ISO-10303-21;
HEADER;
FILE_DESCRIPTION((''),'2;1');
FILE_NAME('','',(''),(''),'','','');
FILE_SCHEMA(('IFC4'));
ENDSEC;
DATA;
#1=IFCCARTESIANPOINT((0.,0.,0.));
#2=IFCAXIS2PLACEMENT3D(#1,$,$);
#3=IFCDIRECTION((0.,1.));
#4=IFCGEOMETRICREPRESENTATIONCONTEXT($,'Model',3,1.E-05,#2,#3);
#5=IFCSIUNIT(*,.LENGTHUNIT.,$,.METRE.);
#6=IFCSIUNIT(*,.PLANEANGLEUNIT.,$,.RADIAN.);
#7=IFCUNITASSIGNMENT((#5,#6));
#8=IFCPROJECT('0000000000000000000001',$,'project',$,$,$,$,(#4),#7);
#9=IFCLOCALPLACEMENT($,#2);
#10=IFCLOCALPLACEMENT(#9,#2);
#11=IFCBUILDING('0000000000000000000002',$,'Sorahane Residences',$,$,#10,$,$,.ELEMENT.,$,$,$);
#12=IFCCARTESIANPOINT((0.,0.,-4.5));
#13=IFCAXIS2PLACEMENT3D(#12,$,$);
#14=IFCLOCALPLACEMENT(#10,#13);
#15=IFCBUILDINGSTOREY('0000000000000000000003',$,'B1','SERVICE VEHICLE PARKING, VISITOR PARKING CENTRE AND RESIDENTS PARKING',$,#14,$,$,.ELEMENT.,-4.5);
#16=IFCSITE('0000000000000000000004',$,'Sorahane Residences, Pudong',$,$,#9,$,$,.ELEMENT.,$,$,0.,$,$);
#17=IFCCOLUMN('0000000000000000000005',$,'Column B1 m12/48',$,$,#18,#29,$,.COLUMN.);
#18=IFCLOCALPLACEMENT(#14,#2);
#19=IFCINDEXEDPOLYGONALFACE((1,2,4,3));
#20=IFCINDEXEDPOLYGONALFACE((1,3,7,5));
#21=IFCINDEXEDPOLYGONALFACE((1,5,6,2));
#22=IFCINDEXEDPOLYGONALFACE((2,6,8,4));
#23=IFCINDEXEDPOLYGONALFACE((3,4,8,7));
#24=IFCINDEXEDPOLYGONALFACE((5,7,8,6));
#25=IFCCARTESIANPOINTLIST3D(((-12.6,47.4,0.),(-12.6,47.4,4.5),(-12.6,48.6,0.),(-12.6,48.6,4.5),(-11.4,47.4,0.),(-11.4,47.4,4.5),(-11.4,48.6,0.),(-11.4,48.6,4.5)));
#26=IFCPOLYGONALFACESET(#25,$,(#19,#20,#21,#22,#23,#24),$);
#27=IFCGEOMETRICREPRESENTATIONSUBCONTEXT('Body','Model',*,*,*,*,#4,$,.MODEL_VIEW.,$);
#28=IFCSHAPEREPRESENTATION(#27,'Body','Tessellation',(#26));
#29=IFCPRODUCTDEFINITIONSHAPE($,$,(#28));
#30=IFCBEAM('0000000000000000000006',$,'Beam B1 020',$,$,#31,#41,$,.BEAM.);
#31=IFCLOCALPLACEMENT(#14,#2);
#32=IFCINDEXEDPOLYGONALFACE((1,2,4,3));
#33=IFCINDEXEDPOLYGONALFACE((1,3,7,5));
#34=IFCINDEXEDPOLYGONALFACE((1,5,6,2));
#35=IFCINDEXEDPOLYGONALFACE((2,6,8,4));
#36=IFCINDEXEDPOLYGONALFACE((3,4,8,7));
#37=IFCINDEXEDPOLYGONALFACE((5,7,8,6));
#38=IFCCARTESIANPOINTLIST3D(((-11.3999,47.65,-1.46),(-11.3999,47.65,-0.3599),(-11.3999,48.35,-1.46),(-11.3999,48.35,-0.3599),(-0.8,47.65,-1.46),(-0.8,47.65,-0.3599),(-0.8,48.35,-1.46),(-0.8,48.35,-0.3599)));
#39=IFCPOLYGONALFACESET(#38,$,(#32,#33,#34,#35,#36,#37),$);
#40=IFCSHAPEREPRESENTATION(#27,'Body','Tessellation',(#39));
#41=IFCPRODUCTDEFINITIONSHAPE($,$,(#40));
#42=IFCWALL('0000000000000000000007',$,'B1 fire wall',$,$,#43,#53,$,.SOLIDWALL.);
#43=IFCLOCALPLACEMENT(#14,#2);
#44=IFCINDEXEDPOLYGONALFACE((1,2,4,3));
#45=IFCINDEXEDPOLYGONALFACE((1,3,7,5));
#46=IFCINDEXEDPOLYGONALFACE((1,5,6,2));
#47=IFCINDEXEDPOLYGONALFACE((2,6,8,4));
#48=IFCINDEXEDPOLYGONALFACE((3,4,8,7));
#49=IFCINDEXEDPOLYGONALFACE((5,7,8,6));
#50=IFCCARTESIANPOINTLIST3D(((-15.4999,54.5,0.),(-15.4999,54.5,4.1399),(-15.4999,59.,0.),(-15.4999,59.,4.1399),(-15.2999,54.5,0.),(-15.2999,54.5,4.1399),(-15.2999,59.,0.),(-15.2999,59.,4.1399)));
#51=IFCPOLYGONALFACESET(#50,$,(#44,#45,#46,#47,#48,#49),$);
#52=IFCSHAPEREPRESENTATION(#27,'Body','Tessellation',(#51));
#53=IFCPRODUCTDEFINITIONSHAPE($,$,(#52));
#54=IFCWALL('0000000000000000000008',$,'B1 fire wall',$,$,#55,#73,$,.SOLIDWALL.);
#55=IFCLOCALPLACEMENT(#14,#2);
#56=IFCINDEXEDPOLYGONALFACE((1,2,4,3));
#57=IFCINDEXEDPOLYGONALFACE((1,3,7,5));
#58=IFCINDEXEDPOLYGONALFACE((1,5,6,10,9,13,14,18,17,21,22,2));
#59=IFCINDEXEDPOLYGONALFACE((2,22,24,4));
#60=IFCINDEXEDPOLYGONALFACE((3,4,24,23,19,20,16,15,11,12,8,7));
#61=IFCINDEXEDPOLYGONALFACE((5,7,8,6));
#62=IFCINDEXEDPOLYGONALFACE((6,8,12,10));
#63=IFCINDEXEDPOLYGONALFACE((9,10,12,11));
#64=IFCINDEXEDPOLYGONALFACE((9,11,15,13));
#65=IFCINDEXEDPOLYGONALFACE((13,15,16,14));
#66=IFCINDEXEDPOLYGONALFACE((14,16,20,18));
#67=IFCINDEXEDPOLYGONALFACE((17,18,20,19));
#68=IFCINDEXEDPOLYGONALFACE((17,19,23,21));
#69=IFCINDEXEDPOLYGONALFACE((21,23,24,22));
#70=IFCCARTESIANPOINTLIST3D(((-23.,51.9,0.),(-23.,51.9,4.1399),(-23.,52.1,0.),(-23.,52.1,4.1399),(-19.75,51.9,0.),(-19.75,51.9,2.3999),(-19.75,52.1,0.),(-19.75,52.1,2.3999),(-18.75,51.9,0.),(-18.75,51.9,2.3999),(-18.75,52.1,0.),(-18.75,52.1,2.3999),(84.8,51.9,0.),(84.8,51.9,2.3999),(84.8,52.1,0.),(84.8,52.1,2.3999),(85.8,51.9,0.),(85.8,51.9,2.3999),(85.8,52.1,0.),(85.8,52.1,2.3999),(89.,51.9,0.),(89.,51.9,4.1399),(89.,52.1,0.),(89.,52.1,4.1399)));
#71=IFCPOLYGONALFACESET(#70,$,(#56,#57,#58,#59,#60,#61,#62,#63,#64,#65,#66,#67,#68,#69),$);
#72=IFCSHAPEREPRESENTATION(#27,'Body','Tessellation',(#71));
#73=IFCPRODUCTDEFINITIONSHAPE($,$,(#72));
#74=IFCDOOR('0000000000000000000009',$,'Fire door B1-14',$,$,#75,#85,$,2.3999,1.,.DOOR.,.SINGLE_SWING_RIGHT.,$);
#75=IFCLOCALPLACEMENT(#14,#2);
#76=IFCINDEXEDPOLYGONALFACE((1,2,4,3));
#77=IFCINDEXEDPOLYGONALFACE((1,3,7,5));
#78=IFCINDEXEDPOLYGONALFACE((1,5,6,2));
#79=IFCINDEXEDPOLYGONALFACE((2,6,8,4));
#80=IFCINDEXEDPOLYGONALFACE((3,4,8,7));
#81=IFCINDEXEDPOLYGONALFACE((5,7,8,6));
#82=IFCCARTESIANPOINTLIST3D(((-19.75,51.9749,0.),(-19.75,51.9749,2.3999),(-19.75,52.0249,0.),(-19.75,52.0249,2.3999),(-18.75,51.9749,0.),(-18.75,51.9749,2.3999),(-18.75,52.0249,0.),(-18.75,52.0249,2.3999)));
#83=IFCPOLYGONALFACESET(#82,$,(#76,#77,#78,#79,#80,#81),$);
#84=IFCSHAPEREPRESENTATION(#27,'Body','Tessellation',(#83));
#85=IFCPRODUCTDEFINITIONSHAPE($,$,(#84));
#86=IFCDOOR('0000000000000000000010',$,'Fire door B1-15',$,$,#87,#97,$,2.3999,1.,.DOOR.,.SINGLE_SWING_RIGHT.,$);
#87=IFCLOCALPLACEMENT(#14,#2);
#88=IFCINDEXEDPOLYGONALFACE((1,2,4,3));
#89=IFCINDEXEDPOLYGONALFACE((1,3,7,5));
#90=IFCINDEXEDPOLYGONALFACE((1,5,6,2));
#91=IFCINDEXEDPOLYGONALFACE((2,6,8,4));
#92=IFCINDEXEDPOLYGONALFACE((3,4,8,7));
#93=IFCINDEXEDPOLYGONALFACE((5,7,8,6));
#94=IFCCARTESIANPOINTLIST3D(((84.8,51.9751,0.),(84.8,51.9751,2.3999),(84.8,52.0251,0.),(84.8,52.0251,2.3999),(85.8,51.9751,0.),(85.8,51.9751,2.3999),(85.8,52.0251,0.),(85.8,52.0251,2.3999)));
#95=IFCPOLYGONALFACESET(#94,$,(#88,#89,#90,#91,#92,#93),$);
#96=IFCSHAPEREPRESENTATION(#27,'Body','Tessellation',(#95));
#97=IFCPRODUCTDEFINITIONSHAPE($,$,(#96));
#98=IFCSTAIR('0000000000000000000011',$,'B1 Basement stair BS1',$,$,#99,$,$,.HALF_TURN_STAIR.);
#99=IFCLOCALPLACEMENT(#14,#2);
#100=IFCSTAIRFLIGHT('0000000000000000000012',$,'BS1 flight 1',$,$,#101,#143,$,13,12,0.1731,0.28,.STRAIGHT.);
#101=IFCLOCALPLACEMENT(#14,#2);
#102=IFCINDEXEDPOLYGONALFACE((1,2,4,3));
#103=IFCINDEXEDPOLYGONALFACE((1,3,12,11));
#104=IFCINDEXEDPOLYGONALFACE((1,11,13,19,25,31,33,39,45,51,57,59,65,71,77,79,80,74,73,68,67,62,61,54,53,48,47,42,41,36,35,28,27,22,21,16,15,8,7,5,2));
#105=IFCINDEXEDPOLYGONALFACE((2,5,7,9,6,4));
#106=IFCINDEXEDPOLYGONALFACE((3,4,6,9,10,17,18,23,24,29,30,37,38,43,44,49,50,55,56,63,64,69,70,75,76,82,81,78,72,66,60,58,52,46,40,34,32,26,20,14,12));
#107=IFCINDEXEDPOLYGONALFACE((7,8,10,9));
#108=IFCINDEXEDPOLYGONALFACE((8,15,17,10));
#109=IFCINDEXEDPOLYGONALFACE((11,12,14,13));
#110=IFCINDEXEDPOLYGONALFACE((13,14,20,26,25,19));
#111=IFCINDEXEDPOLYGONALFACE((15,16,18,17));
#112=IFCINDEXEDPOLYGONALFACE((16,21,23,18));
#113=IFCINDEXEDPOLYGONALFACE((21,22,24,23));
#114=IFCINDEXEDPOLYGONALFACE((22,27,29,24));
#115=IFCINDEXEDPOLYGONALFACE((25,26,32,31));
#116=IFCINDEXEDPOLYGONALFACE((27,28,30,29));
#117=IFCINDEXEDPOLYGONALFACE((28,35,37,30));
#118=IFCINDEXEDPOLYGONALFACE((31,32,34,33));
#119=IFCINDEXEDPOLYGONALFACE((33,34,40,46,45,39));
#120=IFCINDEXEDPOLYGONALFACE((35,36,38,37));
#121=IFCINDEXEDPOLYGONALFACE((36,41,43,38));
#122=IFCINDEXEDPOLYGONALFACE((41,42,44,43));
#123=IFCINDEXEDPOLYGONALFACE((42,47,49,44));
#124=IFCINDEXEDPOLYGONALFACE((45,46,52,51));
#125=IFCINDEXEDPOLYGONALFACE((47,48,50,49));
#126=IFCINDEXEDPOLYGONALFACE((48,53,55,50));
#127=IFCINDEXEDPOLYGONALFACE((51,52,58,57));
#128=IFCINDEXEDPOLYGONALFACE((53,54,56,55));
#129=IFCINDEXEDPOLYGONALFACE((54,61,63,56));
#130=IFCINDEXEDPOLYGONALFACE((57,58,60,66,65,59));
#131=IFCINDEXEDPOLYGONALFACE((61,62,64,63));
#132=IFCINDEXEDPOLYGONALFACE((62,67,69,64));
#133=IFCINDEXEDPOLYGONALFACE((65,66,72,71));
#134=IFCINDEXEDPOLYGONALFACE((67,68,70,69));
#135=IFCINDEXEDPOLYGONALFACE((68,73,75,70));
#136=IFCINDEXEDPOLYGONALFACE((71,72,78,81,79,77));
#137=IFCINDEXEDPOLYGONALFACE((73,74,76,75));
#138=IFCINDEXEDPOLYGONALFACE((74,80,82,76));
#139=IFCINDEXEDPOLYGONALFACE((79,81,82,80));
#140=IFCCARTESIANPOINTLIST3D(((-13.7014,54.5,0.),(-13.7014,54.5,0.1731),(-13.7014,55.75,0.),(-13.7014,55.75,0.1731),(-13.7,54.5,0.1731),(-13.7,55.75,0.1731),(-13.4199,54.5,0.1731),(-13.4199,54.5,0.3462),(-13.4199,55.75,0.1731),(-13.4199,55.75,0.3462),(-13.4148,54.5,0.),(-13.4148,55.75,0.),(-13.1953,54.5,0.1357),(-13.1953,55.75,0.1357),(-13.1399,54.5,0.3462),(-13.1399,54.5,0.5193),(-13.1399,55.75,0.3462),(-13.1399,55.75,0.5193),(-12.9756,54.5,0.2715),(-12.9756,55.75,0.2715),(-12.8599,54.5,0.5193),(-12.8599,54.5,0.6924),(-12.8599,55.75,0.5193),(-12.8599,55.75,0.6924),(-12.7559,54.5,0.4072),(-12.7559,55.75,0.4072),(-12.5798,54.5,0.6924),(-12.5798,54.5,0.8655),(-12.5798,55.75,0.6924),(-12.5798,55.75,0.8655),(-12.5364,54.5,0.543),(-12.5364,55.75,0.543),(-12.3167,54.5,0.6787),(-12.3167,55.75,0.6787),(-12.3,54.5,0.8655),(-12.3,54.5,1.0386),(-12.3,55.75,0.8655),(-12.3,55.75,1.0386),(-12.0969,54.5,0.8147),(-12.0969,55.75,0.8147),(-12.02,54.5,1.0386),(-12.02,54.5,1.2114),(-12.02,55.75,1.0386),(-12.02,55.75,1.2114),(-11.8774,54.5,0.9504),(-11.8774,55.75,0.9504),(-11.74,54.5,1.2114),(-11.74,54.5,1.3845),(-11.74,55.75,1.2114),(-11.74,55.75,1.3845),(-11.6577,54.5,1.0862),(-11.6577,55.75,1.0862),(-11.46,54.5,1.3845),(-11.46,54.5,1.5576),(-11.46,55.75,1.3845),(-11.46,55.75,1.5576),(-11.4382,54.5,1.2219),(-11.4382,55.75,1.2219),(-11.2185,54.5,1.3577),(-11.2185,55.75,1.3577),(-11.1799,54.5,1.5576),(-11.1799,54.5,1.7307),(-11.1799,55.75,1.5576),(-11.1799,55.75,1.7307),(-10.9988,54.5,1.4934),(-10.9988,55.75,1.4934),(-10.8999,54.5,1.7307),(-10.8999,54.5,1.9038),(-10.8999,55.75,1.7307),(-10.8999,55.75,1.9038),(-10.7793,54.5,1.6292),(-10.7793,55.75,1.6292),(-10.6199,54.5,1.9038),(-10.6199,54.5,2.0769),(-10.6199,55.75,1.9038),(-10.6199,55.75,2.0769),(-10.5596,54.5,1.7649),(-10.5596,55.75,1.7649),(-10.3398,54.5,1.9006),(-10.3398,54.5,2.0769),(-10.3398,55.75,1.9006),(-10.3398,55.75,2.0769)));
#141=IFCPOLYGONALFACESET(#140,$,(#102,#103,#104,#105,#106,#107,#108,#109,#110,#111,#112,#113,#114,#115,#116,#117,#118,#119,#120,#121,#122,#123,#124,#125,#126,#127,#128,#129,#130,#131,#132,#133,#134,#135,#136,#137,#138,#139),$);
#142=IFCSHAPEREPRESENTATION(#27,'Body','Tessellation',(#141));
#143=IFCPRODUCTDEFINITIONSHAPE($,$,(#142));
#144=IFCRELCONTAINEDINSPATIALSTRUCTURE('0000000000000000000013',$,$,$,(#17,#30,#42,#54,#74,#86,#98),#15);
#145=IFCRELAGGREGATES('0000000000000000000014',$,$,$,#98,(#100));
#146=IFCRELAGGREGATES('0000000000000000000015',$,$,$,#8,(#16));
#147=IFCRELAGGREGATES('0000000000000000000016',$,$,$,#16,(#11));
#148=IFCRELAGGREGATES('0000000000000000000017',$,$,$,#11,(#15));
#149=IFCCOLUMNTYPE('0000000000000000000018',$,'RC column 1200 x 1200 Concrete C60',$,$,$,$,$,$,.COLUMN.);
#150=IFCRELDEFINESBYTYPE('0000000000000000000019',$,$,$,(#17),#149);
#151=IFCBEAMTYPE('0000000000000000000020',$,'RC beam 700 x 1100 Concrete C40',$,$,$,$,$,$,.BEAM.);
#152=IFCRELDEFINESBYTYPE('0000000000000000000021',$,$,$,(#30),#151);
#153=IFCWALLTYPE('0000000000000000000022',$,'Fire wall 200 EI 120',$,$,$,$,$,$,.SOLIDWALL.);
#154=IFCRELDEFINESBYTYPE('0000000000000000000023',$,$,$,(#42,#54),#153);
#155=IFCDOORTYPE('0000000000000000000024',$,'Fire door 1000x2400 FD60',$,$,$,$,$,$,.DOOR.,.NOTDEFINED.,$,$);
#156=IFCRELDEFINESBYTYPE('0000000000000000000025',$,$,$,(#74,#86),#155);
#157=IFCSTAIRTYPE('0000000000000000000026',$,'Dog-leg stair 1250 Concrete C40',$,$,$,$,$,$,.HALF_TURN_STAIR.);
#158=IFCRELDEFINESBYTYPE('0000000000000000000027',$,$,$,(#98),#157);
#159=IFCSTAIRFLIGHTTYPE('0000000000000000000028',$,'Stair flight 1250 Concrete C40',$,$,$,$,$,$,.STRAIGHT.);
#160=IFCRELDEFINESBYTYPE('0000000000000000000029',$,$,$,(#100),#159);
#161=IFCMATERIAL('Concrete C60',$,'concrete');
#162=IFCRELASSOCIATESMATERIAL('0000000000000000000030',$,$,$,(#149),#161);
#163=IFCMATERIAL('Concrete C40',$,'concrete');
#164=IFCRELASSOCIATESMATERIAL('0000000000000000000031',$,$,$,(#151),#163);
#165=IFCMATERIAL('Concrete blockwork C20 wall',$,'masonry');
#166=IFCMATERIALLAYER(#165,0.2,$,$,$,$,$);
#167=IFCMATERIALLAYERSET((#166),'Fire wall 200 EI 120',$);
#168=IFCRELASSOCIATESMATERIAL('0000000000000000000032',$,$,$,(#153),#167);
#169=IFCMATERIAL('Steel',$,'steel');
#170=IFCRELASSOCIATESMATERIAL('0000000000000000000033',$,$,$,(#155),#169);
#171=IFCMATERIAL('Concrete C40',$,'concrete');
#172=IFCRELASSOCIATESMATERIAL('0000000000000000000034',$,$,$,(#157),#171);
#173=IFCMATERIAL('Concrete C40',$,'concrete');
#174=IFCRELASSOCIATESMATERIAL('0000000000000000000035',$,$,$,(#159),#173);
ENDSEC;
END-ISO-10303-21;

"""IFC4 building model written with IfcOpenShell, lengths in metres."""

from ifc_helpers import new_model, si_unit, direction, frame, frame_2d, origin, origin_2d, place, context, subcontext, project, spatial, polyline, rectangle, outline, extrude, material, layer, layer_set, material_profile, profile_set, type_object, element, fill, aggregate, save


model = new_model("IFC4")

# Units and contexts
model_context = context("Model", 3, precision=1e-05, world=origin(), true_north=direction((0.0, 1.0)))
body_context = subcontext(model_context, "Body", "Model", "MODEL_VIEW")
ifc_project = project(units=[si_unit("LENGTHUNIT", "METRE"), si_unit("PLANEANGLEUNIT", "RADIAN")], contexts=[model_context])

# Site, building, storey
site_placement = place(None, origin())
site = spatial("IfcSite", under=ifc_project, at=site_placement, Name="Sorahane Residences, Pudong", CompositionType="ELEMENT", RefElevation=0.0)
building_placement = place(site_placement, origin())
building = spatial("IfcBuilding", under=site, at=building_placement, Name="Sorahane Residences", CompositionType="ELEMENT")
storey_placement = place(building_placement, frame((0.0, 0.0, -4.5)))
storey = spatial("IfcBuildingStorey", under=building, at=storey_placement, Name="B1", Description="SERVICE VEHICLE PARKING, VISITOR PARKING CENTRE AND RESIDENTS PARKING", CompositionType="ELEMENT", Elevation=-4.5)

# Column
ifc_material_1 = material(Name="Concrete C60", Category="concrete")
ifc_material_profile_1 = material_profile(ifc_material_1, rectangle(XDim=1.2, YDim=1.2, at=origin_2d()), Name="1200x1200")
ifc_profile_set_1 = profile_set([ifc_material_profile_1], Name="Concrete C60")
column_type = type_object("IfcColumnType", Name="RC column 1200 x 1200 Concrete C60", PredefinedType="COLUMN", material=ifc_profile_set_1)
column_placement = place(storey_placement, frame((-12.0, 48.0, 0.0), z_axis=(0.0, 0.0, 1.0), x_axis=(1.0, 0.0, 0.0)))
element("IfcColumn", 1, at=column_placement, inside=storey, type_object=column_type, Name="Column B1 m12/48", PredefinedType="COLUMN", context=body_context, shape_type="SweptSolid", body=[
    extrude(rectangle(XDim=1.2, YDim=1.2, at=origin_2d()), origin(), (0.0, 0.0, 1.0), 4.5),
])

# Beam
ifc_material_2 = material(Name="Concrete C40", Category="concrete")
ifc_material_profile_2 = material_profile(ifc_material_2, rectangle(XDim=0.7, YDim=1.1001, at=origin_2d()), Name="700x1100")
ifc_profile_set_2 = profile_set([ifc_material_profile_2], Name="Concrete C40")
beam_type = type_object("IfcBeamType", Name="RC beam 700 x 1100 Concrete C40", PredefinedType="BEAM", material=ifc_profile_set_2)
beam_placement = place(storey_placement, frame((-11.3999, 48.0, -0.9099), z_axis=(1.0, 0.0, 0.0), x_axis=(0.0, 1.0, 0.0)))
element("IfcBeam", 2, at=beam_placement, inside=storey, type_object=beam_type, Name="Beam B1 020", PredefinedType="BEAM", context=body_context, shape_type="SweptSolid", body=[
    extrude(rectangle(XDim=0.7, YDim=1.1001, at=origin_2d()), origin(), (0.0, 0.0, 1.0), 10.5999),
])

# Wall
ifc_material_3 = material(Name="Concrete blockwork C20 wall", Category="masonry")
ifc_layer = layer(ifc_material_3, 0.2)
ifc_layer_set = layer_set([ifc_layer], Name="Fire wall 200 EI 120")
wall_type = type_object("IfcWallType", Name="Fire wall 200 EI 120", PredefinedType="SOLIDWALL", material=ifc_layer_set)
wall_1_placement = place(storey_placement, frame((-15.3999, 54.5, 0.0), z_axis=(0.0, 0.0, 1.0), x_axis=(0.0, 1.0, 0.0)))
element("IfcWall", 3, at=wall_1_placement, inside=storey, type_object=wall_type, Name="B1 fire wall", PredefinedType="SOLIDWALL", context=body_context, shape_type="SweptSolid", body=[
    extrude(rectangle(XDim=4.5, YDim=0.2, at=frame_2d((2.25, 0.0))), origin(), (0.0, 0.0, 1.0), 4.1399),
])

# Wall, openings, doors
wall_2_placement = place(storey_placement, frame((-23.0, 52.0, 0.0), z_axis=(0.0, 0.0, 1.0), x_axis=(1.0, 0.0, 0.0)))
wall_2 = element("IfcWall", 4, at=wall_2_placement, inside=storey, type_object=wall_type, Name="B1 fire wall", PredefinedType="SOLIDWALL", context=body_context, shape_type="SweptSolid", body=[
    extrude(rectangle(XDim=112.0, YDim=0.2, at=frame_2d((56.0, 0.0))), origin(), (0.0, 0.0, 1.0), 4.1399),
])
opening_1_placement = place(wall_2_placement, frame((3.25, 0.0, 0.0)))
opening_1 = element("IfcOpeningElement", 5, at=opening_1_placement, cuts=wall_2, PredefinedType="OPENING", context=body_context, shape_type="SweptSolid", body=[
    extrude(rectangle(XDim=1.0, YDim=2.3999, at=frame_2d((0.5, 1.2))), frame((0.0, 0.1099, 0.0), z_axis=(0.0, -1.0, 0.0), x_axis=(1.0, 0.0, 0.0)), (0.0, 0.0, 1.0), 0.22),
])
opening_2_placement = place(wall_2_placement, frame((107.8, 0.0, 0.0)))
opening_2 = element("IfcOpeningElement", 6, at=opening_2_placement, cuts=wall_2, PredefinedType="OPENING", context=body_context, shape_type="SweptSolid", body=[
    extrude(rectangle(XDim=1.0, YDim=2.3999, at=frame_2d((0.5, 1.2))), frame((0.0, 0.1099, 0.0), z_axis=(0.0, -1.0, 0.0), x_axis=(1.0, 0.0, 0.0)), (0.0, 0.0, 1.0), 0.22),
])
ifc_material_4 = material(Name="Steel", Category="steel")
door_type_1 = type_object("IfcDoorType", Name="Fire door 1000x2400 FD60", OperationType="NOTDEFINED", PredefinedType="DOOR", material=ifc_material_4)
door_1_placement = place(opening_1_placement, origin())
door_1 = element("IfcDoor", 7, at=door_1_placement, inside=storey, type_object=door_type_1, Name="Fire door B1-14", OperationType="SINGLE_SWING_RIGHT", OverallHeight=2.3999, OverallWidth=1.0, PredefinedType="DOOR", context=body_context, shape_type="SweptSolid", body=[
    extrude(rectangle(XDim=1.0, YDim=2.3999, at=frame_2d((0.5, 1.2))), frame((0.0, 0.0249, 0.0), z_axis=(0.0, -1.0, 0.0), x_axis=(1.0, 0.0, 0.0)), (0.0, 0.0, 1.0), 0.05),
])
fill(opening_1, door_1)
door_2_placement = place(opening_2_placement, frame((1.0, 0.0, 0.0), z_axis=(0.0, 0.0, 1.0), x_axis=(-1.0, 0.0, 0.0)))
door_2 = element("IfcDoor", 8, at=door_2_placement, inside=storey, type_object=door_type_1, Name="Fire door B1-15", OperationType="SINGLE_SWING_RIGHT", OverallHeight=2.3999, OverallWidth=1.0, PredefinedType="DOOR", context=body_context, shape_type="SweptSolid", body=[
    extrude(rectangle(XDim=1.0, YDim=2.3999, at=frame_2d((0.5, 1.2))), frame((0.0, 0.0249, 0.0), z_axis=(0.0, -1.0, 0.0), x_axis=(1.0, 0.0, 0.0)), (0.0, 0.0, 1.0), 0.05),
])
fill(opening_2, door_2)

# Stair, stair flight
ifc_material_5 = material(Name="Concrete C40", Category="concrete")
stair_type = type_object("IfcStairType", Name="Dog-leg stair 1250 Concrete C40", PredefinedType="HALF_TURN_STAIR", material=ifc_material_5)
stair_placement = place(storey_placement, origin())
stair = element("IfcStair", 9, at=stair_placement, inside=storey, type_object=stair_type, Name="B1 Basement stair BS1", PredefinedType="HALF_TURN_STAIR")
ifc_material_6 = material(Name="Concrete C40", Category="concrete")
stair_flight_type = type_object("IfcStairFlightType", Name="Stair flight 1250 Concrete C40", PredefinedType="STRAIGHT", material=ifc_material_6)
stair_flight_1_placement = place(storey_placement, frame((-13.7, 55.125, 0.0), z_axis=(0.0, 0.0, 1.0), x_axis=(1.0, 0.0, 0.0)))
stair_flight_1 = element("IfcStairFlight", 10, at=stair_flight_1_placement, type_object=stair_flight_type, Name="BS1 flight 1", NumberOfRisers=13, NumberOfTreads=12, PredefinedType="STRAIGHT", RiserHeight=0.1731, TreadLength=0.28, context=body_context, shape_type="SweptSolid", body=[
    extrude(outline(polyline([(-0.0015, 0.0), (-0.0015, 0.1731), (0.0, 0.1731), (0.28, 0.1731), (0.28, 0.3462), (0.5601, 0.3462), (0.5601, 0.5193), (0.8401, 0.5193), (0.8401, 0.6924), (1.1201, 0.6924), (1.1201, 0.8655), (1.3999, 0.8655), (1.3999, 1.0386), (1.6799, 1.0386), (1.6799, 1.2114), (1.96, 1.2114), (1.96, 1.3845), (2.24, 1.3845), (2.24, 1.5576), (2.52, 1.5576), (2.52, 1.7307), (2.8, 1.7307), (2.8, 1.9038), (3.0801, 1.9038), (3.0801, 2.0769), (3.3601, 2.0769), (3.3601, 2.25), (3.3601, 1.9006), (3.1404, 1.7649), (2.9207, 1.6292), (2.7012, 1.4934), (2.4814, 1.3577), (2.2617, 1.2219), (2.0422, 1.0862), (1.8225, 0.9504), (1.603, 0.8147), (1.3833, 0.6787), (1.1636, 0.543), (0.9441, 0.4072), (0.7244, 0.2715), (0.5046, 0.1357), (0.2852, 0.0), (-0.0015, 0.0)])), frame((0.0, 0.625, 0.0), z_axis=(0.0, -1.0, 0.0), x_axis=(1.0, 0.0, 0.0)), (0.0, 0.0, 1.0), 1.25),
])
aggregate(stair, [stair_flight_1])

save(model, "model.ifc")
